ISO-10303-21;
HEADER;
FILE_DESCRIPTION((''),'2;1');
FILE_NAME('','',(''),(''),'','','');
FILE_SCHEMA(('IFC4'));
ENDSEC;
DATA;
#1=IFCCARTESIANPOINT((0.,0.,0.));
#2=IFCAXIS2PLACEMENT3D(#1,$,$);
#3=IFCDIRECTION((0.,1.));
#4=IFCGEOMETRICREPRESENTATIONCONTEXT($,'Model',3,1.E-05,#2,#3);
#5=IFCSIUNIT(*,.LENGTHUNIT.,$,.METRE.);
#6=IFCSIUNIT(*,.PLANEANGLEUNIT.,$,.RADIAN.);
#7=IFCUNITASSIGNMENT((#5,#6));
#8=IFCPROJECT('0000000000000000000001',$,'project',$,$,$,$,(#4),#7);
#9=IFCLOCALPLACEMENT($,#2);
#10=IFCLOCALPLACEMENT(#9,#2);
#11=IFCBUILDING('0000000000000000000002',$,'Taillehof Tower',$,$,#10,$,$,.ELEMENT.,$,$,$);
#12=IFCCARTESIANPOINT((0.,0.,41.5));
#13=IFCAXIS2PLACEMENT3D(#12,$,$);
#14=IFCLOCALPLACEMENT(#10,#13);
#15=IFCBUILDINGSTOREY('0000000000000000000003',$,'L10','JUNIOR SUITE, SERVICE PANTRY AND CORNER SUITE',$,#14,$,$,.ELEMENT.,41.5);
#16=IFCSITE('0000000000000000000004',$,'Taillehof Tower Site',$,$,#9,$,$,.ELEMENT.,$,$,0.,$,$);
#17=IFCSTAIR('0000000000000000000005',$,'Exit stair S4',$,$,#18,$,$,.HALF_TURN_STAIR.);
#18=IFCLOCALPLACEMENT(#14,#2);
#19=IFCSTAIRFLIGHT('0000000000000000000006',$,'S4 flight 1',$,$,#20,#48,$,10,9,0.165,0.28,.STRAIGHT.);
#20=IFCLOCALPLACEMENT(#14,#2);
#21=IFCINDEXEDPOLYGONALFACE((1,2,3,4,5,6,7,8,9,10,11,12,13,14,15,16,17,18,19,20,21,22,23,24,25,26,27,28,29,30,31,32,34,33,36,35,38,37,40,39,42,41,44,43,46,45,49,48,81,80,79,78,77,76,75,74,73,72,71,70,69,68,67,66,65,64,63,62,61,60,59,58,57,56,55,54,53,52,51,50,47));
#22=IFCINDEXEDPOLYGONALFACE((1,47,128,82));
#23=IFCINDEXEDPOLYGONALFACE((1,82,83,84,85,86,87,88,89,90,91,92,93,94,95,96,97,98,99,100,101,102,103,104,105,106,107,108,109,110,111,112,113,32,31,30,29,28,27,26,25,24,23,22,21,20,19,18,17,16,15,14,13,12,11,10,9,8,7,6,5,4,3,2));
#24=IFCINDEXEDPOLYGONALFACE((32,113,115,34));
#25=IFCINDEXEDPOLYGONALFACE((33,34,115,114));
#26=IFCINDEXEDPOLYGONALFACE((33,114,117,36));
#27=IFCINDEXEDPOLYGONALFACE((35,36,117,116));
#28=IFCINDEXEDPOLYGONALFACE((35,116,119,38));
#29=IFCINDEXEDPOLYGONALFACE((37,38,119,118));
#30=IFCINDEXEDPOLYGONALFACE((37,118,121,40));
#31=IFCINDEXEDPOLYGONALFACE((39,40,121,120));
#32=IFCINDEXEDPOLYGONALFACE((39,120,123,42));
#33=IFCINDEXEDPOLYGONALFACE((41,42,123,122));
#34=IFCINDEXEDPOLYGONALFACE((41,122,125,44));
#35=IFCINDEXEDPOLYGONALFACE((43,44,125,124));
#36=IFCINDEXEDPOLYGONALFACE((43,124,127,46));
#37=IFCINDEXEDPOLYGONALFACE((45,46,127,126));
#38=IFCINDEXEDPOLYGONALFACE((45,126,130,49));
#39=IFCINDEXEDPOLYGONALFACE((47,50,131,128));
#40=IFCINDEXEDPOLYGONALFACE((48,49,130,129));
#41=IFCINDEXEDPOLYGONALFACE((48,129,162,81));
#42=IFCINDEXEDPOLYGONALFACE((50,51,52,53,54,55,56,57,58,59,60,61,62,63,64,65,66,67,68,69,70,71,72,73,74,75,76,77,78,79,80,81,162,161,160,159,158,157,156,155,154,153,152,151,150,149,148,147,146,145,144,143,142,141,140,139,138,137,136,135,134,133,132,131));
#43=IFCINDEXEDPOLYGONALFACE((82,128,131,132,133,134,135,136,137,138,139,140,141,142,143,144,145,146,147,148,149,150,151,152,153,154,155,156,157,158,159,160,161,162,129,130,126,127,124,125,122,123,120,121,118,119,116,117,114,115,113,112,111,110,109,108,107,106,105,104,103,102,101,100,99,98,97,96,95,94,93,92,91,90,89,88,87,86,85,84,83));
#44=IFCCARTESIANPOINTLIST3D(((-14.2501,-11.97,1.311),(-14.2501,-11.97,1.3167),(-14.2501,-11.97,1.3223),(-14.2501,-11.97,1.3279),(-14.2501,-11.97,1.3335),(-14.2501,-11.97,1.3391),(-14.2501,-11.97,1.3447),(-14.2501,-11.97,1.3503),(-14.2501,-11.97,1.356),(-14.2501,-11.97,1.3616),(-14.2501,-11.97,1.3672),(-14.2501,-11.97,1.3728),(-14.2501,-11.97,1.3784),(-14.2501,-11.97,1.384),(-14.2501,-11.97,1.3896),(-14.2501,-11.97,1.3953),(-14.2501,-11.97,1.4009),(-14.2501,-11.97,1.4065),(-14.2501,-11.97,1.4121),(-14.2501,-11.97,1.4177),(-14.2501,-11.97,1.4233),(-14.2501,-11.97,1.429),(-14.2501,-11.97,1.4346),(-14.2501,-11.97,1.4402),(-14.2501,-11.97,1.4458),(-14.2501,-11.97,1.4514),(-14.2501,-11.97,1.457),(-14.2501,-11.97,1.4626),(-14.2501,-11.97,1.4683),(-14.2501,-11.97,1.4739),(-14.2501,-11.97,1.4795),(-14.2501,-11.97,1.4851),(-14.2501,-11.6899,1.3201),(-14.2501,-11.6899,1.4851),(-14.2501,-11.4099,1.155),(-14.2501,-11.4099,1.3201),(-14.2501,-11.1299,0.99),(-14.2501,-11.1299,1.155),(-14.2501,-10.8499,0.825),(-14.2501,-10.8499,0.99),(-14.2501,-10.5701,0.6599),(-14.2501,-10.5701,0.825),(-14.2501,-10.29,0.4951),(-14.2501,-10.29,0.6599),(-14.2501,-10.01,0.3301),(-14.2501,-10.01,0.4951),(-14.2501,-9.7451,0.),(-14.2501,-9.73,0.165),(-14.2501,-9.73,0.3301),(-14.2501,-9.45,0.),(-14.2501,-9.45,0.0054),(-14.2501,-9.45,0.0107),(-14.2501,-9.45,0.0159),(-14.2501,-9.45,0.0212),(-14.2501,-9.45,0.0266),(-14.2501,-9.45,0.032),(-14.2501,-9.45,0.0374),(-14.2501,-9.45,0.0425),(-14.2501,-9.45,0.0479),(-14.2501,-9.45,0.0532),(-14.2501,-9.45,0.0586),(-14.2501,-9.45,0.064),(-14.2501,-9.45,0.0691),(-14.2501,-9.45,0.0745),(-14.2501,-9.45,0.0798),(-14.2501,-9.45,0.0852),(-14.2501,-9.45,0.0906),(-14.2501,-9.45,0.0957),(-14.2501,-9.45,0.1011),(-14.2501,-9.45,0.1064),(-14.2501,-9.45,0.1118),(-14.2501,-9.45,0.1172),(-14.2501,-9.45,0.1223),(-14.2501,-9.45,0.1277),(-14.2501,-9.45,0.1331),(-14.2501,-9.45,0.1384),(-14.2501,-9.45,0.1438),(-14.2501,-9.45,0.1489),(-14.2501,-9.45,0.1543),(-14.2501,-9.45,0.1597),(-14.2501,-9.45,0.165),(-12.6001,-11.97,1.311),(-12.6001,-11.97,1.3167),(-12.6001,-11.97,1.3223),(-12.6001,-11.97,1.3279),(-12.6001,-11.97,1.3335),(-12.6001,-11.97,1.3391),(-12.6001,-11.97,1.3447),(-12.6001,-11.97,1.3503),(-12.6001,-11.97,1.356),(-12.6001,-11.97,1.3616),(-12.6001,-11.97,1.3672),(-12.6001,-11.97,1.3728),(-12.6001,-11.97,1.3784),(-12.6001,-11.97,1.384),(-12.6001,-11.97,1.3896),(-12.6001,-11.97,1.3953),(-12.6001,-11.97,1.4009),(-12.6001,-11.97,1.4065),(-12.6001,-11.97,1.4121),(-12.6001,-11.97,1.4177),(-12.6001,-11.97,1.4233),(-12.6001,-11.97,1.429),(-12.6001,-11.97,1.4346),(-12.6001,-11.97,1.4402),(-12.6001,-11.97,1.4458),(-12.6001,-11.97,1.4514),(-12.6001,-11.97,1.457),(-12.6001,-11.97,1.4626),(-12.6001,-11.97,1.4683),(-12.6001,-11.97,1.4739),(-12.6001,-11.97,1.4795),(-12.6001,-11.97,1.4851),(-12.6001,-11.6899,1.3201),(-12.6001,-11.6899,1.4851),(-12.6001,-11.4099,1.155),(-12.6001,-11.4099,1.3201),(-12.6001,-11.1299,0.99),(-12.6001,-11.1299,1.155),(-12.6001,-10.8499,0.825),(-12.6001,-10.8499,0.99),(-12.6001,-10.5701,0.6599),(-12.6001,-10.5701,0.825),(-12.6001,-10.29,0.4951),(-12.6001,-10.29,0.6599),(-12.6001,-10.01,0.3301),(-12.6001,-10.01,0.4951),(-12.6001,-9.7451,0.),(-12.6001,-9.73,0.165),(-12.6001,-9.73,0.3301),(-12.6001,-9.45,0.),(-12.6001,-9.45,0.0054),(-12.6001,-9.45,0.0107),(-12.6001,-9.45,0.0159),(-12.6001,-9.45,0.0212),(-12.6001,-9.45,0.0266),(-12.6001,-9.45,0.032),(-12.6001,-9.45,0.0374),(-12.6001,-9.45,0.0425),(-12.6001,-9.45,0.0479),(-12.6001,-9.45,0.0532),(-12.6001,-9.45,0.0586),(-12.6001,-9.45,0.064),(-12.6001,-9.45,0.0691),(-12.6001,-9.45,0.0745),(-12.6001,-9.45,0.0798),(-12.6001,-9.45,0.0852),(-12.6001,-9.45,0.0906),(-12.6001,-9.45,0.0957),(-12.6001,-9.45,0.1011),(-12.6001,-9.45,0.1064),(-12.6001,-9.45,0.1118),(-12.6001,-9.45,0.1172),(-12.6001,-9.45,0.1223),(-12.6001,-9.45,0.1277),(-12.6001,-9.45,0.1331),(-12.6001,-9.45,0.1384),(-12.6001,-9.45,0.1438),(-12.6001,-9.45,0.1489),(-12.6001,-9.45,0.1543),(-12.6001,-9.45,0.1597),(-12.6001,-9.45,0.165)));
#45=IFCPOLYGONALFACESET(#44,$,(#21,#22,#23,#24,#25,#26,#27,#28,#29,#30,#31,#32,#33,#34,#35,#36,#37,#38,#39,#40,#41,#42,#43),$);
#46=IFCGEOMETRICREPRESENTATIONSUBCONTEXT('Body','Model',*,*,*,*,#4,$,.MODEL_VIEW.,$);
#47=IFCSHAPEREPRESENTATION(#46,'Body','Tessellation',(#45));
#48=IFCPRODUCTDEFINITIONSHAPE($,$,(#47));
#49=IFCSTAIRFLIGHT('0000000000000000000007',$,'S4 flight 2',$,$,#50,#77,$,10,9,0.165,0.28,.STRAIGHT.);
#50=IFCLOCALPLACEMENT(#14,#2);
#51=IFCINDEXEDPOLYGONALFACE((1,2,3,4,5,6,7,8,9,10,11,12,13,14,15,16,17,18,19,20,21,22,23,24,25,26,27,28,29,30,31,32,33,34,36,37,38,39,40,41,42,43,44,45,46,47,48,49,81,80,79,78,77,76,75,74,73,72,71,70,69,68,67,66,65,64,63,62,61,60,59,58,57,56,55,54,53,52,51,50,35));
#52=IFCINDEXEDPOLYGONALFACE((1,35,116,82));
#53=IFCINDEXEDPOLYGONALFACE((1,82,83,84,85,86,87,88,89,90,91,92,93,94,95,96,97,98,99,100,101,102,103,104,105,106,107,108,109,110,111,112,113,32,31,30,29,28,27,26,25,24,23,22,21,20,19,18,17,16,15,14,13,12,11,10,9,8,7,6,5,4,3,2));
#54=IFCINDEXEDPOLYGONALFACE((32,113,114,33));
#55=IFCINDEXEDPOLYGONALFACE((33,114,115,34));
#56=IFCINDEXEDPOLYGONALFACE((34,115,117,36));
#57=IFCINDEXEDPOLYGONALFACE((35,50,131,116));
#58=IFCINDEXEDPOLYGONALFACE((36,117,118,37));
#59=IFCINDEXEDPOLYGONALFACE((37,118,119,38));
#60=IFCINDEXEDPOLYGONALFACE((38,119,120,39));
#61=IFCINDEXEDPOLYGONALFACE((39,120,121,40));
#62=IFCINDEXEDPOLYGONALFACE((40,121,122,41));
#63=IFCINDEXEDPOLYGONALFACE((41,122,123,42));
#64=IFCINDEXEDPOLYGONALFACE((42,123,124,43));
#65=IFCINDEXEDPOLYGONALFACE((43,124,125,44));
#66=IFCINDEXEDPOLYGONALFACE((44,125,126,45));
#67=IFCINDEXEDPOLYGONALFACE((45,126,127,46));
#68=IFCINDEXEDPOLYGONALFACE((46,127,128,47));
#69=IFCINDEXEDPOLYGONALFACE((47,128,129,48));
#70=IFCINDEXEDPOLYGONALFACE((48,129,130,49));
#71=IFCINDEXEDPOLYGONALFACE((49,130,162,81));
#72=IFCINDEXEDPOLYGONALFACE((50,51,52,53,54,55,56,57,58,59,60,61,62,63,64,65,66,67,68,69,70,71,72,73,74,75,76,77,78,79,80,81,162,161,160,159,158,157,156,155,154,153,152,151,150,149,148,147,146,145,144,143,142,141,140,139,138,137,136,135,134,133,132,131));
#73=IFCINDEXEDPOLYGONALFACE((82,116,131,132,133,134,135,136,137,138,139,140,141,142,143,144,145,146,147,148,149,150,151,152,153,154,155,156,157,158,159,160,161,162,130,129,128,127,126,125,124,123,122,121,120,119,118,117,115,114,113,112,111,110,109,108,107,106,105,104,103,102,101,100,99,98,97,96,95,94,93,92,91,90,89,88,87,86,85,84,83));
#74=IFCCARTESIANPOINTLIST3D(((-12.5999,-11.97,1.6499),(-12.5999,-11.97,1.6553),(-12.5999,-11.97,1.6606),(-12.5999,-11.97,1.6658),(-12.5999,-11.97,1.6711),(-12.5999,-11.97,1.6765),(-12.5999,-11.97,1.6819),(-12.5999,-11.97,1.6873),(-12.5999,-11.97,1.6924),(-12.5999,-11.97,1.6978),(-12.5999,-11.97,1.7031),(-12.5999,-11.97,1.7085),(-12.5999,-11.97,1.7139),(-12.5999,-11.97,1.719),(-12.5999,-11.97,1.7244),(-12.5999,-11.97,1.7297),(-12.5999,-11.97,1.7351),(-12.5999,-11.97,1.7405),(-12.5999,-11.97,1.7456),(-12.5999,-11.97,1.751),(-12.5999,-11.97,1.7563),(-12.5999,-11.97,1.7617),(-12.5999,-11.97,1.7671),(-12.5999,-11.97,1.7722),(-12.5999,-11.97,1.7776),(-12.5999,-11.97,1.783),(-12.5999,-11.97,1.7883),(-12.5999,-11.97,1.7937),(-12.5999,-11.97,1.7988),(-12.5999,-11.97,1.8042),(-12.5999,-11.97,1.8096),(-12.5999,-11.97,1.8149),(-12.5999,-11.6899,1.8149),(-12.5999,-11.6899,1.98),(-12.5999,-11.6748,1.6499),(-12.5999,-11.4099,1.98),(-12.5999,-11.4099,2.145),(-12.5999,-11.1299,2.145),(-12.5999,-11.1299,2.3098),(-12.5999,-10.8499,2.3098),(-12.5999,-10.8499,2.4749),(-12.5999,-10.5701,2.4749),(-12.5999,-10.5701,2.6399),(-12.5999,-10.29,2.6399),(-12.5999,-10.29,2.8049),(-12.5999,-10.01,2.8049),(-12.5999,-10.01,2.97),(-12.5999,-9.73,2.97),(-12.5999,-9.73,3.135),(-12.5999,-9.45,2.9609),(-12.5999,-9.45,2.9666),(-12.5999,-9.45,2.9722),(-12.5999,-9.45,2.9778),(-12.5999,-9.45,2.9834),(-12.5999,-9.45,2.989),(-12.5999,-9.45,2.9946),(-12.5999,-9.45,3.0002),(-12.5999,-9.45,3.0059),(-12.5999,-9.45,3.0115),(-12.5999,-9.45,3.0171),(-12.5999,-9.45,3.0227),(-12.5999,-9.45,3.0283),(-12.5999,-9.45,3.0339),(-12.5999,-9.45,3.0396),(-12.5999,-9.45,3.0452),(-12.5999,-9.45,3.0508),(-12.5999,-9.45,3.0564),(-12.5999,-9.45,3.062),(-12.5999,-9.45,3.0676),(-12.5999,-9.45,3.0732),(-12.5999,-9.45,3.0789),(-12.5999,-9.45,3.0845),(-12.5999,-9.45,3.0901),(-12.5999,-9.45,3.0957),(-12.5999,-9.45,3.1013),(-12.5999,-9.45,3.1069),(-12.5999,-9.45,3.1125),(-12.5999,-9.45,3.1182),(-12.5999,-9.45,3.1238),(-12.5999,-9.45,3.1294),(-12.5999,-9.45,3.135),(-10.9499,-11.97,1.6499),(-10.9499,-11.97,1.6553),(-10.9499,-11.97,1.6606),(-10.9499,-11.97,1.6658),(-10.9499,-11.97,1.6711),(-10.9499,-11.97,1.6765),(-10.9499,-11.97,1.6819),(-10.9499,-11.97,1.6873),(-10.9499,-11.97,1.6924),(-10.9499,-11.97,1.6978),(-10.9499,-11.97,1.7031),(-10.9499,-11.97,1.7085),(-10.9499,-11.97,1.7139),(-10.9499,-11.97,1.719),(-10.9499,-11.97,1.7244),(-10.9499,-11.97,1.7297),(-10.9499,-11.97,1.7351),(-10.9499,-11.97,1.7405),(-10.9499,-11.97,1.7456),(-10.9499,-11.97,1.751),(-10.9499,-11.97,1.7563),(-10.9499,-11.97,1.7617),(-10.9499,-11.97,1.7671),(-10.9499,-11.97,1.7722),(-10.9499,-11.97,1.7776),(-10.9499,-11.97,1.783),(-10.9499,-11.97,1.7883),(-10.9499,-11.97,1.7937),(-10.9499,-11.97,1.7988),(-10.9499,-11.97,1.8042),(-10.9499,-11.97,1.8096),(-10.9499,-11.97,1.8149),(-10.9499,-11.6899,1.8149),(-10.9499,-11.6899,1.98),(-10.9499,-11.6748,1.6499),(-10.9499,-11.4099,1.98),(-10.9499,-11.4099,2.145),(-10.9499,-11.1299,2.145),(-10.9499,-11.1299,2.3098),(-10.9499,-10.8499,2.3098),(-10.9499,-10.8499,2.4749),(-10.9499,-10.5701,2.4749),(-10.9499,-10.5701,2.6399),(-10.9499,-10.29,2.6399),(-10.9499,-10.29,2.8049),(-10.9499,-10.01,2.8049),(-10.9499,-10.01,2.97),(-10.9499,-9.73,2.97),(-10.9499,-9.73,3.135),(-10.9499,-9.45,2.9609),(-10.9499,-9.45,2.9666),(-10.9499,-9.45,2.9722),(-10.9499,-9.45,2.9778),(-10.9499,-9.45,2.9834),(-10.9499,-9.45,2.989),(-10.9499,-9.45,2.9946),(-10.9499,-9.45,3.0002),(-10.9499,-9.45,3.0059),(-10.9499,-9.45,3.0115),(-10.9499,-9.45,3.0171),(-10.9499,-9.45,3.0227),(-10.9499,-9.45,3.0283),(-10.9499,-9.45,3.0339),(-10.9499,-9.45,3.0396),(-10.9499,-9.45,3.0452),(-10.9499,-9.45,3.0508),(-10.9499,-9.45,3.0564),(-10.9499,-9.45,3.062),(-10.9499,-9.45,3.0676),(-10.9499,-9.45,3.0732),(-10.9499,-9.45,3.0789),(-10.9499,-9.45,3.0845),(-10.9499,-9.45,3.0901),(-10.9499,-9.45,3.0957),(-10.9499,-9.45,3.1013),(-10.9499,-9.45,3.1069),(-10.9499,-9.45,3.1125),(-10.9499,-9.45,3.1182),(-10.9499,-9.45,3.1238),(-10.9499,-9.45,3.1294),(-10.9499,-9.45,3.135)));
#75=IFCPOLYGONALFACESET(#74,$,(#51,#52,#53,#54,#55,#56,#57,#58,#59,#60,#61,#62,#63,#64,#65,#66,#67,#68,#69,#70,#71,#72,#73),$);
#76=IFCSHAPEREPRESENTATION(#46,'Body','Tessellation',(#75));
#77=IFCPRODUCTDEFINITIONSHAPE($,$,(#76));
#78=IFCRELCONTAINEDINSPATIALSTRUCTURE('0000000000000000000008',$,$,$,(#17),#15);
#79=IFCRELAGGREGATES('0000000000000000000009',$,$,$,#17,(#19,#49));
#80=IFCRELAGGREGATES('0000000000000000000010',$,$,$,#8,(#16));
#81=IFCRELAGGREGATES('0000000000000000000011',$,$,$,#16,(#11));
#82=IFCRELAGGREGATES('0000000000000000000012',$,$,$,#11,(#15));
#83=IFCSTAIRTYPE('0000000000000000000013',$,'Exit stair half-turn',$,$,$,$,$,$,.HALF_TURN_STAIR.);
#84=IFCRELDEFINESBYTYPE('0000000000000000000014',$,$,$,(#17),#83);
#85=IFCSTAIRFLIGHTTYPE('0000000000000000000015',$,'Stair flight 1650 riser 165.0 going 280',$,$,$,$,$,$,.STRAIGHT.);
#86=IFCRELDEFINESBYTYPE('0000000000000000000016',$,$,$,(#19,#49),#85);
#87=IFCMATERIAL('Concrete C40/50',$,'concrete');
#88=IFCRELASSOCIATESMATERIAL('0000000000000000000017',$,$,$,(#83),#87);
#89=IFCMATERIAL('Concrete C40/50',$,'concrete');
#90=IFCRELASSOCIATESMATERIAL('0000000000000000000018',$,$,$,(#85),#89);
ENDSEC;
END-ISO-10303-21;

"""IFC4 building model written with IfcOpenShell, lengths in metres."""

from ifc_helpers import new_model, si_unit, direction, frame, origin, place, context, subcontext, project, spatial, polyline, outline, extrude, material, type_object, element, aggregate, save


model = new_model("IFC4")

# Units and contexts
model_context = context("Model", 3, precision=1e-05, world=origin(), true_north=direction((0.0, 1.0)))
body_context = subcontext(model_context, "Body", "Model", "MODEL_VIEW")
ifc_project = project(units=[si_unit("LENGTHUNIT", "METRE"), si_unit("PLANEANGLEUNIT", "RADIAN")], contexts=[model_context])

# Site, building, storey
site_placement = place(None, origin())
site = spatial("IfcSite", under=ifc_project, at=site_placement, Name="Taillehof Tower Site", CompositionType="ELEMENT", RefElevation=0.0)
building_placement = place(site_placement, origin())
building = spatial("IfcBuilding", under=site, at=building_placement, Name="Taillehof Tower", CompositionType="ELEMENT")
storey_placement = place(building_placement, frame((0.0, 0.0, 41.5)))
storey = spatial("IfcBuildingStorey", under=building, at=storey_placement, Name="L10", Description="JUNIOR SUITE, SERVICE PANTRY AND CORNER SUITE", CompositionType="ELEMENT", Elevation=41.5)

# Stair, stair flights
ifc_material_1 = material(Name="Concrete C40/50", Category="concrete")
stair_type = type_object("IfcStairType", Name="Exit stair half-turn", PredefinedType="HALF_TURN_STAIR", material=ifc_material_1)
stair_placement = place(storey_placement, origin())
stair = element("IfcStair", 1, at=stair_placement, inside=storey, type_object=stair_type, Name="Exit stair S4", PredefinedType="HALF_TURN_STAIR")
ifc_material_2 = material(Name="Concrete C40/50", Category="concrete")
stair_flight_type = type_object("IfcStairFlightType", Name="Stair flight 1650 riser 165.0 going 280", PredefinedType="STRAIGHT", material=ifc_material_2)
stair_flight_1_placement = place(storey_placement, frame((-13.425, -9.45, 0.0), z_axis=(0.0, 0.0, 1.0), x_axis=(0.0, -1.0, 0.0)))
stair_flight_1 = element("IfcStairFlight", 2, at=stair_flight_1_placement, type_object=stair_flight_type, Name="S4 flight 1", NumberOfRisers=10, NumberOfTreads=9, PredefinedType="STRAIGHT", RiserHeight=0.165, TreadLength=0.28, context=body_context, shape_type="SweptSolid", body=[
    extrude(outline(polyline([(0.0, 0.0), (0.0, 0.0054), (0.0, 0.0107), (0.0, 0.0159), (0.0, 0.0212), (0.0, 0.0266), (0.0, 0.032), (0.0, 0.0374), (0.0, 0.0425), (0.0, 0.0479), (0.0, 0.0532), (0.0, 0.0586), (0.0, 0.064), (0.0, 0.0691), (0.0, 0.0745), (0.0, 0.0798), (0.0, 0.0852), (0.0, 0.0906), (0.0, 0.0957), (0.0, 0.1011), (0.0, 0.1064), (0.0, 0.1118), (0.0, 0.1172), (0.0, 0.1223), (0.0, 0.1277), (0.0, 0.1331), (0.0, 0.1384), (0.0, 0.1438), (0.0, 0.1489), (0.0, 0.1543), (0.0, 0.1597), (0.0, 0.165), (0.28, 0.165), (0.28, 0.3301), (0.5601, 0.3301), (0.5601, 0.4951), (0.8401, 0.4951), (0.8401, 0.6599), (1.1201, 0.6599), (1.1201, 0.825), (1.3999, 0.825), (1.3999, 0.99), (1.6799, 0.99), (1.6799, 1.155), (1.96, 1.155), (1.96, 1.3201), (2.24, 1.3201), (2.24, 1.4851), (2.52, 1.4851), (2.52, 1.4795), (2.52, 1.4739), (2.52, 1.4683), (2.52, 1.4626), (2.52, 1.457), (2.52, 1.4514), (2.52, 1.4458), (2.52, 1.4402), (2.52, 1.4346), (2.52, 1.429), (2.52, 1.4233), (2.52, 1.4177), (2.52, 1.4121), (2.52, 1.4065), (2.52, 1.4009), (2.52, 1.3953), (2.52, 1.3896), (2.52, 1.384), (2.52, 1.3784), (2.52, 1.3728), (2.52, 1.3672), (2.52, 1.3616), (2.52, 1.356), (2.52, 1.3503), (2.52, 1.3447), (2.52, 1.3391), (2.52, 1.3335), (2.52, 1.3279), (2.52, 1.3223), (2.52, 1.3167), (2.52, 1.311), (0.2952, 0.0), (0.0, 0.0)])), frame((0.0, 0.825, 0.0), z_axis=(0.0, -1.0, 0.0), x_axis=(1.0, 0.0, 0.0)), (0.0, 0.0, 1.0), 1.65),
])
stair_flight_2_placement = place(storey_placement, frame((-11.7749, -11.97, 1.6499), z_axis=(0.0, 0.0, 1.0), x_axis=(0.0, 1.0, 0.0)))
stair_flight_2 = element("IfcStairFlight", 3, at=stair_flight_2_placement, type_object=stair_flight_type, Name="S4 flight 2", NumberOfRisers=10, NumberOfTreads=9, PredefinedType="STRAIGHT", RiserHeight=0.165, TreadLength=0.28, context=body_context, shape_type="SweptSolid", body=[
    extrude(outline(polyline([(0.0, 0.0), (0.0, 0.0054), (0.0, 0.0107), (0.0, 0.0159), (0.0, 0.0212), (0.0, 0.0266), (0.0, 0.032), (0.0, 0.0374), (0.0, 0.0425), (0.0, 0.0479), (0.0, 0.0532), (0.0, 0.0586), (0.0, 0.064), (0.0, 0.0691), (0.0, 0.0745), (0.0, 0.0798), (0.0, 0.0852), (0.0, 0.0906), (0.0, 0.0957), (0.0, 0.1011), (0.0, 0.1064), (0.0, 0.1118), (0.0, 0.1172), (0.0, 0.1223), (0.0, 0.1277), (0.0, 0.1331), (0.0, 0.1384), (0.0, 0.1438), (0.0, 0.1489), (0.0, 0.1543), (0.0, 0.1597), (0.0, 0.165), (0.28, 0.165), (0.28, 0.3301), (0.5601, 0.3301), (0.5601, 0.4951), (0.8401, 0.4951), (0.8401, 0.6599), (1.1201, 0.6599), (1.1201, 0.825), (1.3999, 0.825), (1.3999, 0.99), (1.6799, 0.99), (1.6799, 1.155), (1.96, 1.155), (1.96, 1.3201), (2.24, 1.3201), (2.24, 1.4851), (2.52, 1.4851), (2.52, 1.4795), (2.52, 1.4739), (2.52, 1.4683), (2.52, 1.4626), (2.52, 1.457), (2.52, 1.4514), (2.52, 1.4458), (2.52, 1.4402), (2.52, 1.4346), (2.52, 1.429), (2.52, 1.4233), (2.52, 1.4177), (2.52, 1.4121), (2.52, 1.4065), (2.52, 1.4009), (2.52, 1.3953), (2.52, 1.3896), (2.52, 1.384), (2.52, 1.3784), (2.52, 1.3728), (2.52, 1.3672), (2.52, 1.3616), (2.52, 1.356), (2.52, 1.3503), (2.52, 1.3447), (2.52, 1.3391), (2.52, 1.3335), (2.52, 1.3279), (2.52, 1.3223), (2.52, 1.3167), (2.52, 1.311), (0.2952, 0.0), (0.0, 0.0)])), frame((0.0, 0.825, 0.0), z_axis=(0.0, -1.0, 0.0), x_axis=(1.0, 0.0, 0.0)), (0.0, 0.0, 1.0), 1.65),
])
aggregate(stair, [stair_flight_1, stair_flight_2])

save(model, "model.ifc")
